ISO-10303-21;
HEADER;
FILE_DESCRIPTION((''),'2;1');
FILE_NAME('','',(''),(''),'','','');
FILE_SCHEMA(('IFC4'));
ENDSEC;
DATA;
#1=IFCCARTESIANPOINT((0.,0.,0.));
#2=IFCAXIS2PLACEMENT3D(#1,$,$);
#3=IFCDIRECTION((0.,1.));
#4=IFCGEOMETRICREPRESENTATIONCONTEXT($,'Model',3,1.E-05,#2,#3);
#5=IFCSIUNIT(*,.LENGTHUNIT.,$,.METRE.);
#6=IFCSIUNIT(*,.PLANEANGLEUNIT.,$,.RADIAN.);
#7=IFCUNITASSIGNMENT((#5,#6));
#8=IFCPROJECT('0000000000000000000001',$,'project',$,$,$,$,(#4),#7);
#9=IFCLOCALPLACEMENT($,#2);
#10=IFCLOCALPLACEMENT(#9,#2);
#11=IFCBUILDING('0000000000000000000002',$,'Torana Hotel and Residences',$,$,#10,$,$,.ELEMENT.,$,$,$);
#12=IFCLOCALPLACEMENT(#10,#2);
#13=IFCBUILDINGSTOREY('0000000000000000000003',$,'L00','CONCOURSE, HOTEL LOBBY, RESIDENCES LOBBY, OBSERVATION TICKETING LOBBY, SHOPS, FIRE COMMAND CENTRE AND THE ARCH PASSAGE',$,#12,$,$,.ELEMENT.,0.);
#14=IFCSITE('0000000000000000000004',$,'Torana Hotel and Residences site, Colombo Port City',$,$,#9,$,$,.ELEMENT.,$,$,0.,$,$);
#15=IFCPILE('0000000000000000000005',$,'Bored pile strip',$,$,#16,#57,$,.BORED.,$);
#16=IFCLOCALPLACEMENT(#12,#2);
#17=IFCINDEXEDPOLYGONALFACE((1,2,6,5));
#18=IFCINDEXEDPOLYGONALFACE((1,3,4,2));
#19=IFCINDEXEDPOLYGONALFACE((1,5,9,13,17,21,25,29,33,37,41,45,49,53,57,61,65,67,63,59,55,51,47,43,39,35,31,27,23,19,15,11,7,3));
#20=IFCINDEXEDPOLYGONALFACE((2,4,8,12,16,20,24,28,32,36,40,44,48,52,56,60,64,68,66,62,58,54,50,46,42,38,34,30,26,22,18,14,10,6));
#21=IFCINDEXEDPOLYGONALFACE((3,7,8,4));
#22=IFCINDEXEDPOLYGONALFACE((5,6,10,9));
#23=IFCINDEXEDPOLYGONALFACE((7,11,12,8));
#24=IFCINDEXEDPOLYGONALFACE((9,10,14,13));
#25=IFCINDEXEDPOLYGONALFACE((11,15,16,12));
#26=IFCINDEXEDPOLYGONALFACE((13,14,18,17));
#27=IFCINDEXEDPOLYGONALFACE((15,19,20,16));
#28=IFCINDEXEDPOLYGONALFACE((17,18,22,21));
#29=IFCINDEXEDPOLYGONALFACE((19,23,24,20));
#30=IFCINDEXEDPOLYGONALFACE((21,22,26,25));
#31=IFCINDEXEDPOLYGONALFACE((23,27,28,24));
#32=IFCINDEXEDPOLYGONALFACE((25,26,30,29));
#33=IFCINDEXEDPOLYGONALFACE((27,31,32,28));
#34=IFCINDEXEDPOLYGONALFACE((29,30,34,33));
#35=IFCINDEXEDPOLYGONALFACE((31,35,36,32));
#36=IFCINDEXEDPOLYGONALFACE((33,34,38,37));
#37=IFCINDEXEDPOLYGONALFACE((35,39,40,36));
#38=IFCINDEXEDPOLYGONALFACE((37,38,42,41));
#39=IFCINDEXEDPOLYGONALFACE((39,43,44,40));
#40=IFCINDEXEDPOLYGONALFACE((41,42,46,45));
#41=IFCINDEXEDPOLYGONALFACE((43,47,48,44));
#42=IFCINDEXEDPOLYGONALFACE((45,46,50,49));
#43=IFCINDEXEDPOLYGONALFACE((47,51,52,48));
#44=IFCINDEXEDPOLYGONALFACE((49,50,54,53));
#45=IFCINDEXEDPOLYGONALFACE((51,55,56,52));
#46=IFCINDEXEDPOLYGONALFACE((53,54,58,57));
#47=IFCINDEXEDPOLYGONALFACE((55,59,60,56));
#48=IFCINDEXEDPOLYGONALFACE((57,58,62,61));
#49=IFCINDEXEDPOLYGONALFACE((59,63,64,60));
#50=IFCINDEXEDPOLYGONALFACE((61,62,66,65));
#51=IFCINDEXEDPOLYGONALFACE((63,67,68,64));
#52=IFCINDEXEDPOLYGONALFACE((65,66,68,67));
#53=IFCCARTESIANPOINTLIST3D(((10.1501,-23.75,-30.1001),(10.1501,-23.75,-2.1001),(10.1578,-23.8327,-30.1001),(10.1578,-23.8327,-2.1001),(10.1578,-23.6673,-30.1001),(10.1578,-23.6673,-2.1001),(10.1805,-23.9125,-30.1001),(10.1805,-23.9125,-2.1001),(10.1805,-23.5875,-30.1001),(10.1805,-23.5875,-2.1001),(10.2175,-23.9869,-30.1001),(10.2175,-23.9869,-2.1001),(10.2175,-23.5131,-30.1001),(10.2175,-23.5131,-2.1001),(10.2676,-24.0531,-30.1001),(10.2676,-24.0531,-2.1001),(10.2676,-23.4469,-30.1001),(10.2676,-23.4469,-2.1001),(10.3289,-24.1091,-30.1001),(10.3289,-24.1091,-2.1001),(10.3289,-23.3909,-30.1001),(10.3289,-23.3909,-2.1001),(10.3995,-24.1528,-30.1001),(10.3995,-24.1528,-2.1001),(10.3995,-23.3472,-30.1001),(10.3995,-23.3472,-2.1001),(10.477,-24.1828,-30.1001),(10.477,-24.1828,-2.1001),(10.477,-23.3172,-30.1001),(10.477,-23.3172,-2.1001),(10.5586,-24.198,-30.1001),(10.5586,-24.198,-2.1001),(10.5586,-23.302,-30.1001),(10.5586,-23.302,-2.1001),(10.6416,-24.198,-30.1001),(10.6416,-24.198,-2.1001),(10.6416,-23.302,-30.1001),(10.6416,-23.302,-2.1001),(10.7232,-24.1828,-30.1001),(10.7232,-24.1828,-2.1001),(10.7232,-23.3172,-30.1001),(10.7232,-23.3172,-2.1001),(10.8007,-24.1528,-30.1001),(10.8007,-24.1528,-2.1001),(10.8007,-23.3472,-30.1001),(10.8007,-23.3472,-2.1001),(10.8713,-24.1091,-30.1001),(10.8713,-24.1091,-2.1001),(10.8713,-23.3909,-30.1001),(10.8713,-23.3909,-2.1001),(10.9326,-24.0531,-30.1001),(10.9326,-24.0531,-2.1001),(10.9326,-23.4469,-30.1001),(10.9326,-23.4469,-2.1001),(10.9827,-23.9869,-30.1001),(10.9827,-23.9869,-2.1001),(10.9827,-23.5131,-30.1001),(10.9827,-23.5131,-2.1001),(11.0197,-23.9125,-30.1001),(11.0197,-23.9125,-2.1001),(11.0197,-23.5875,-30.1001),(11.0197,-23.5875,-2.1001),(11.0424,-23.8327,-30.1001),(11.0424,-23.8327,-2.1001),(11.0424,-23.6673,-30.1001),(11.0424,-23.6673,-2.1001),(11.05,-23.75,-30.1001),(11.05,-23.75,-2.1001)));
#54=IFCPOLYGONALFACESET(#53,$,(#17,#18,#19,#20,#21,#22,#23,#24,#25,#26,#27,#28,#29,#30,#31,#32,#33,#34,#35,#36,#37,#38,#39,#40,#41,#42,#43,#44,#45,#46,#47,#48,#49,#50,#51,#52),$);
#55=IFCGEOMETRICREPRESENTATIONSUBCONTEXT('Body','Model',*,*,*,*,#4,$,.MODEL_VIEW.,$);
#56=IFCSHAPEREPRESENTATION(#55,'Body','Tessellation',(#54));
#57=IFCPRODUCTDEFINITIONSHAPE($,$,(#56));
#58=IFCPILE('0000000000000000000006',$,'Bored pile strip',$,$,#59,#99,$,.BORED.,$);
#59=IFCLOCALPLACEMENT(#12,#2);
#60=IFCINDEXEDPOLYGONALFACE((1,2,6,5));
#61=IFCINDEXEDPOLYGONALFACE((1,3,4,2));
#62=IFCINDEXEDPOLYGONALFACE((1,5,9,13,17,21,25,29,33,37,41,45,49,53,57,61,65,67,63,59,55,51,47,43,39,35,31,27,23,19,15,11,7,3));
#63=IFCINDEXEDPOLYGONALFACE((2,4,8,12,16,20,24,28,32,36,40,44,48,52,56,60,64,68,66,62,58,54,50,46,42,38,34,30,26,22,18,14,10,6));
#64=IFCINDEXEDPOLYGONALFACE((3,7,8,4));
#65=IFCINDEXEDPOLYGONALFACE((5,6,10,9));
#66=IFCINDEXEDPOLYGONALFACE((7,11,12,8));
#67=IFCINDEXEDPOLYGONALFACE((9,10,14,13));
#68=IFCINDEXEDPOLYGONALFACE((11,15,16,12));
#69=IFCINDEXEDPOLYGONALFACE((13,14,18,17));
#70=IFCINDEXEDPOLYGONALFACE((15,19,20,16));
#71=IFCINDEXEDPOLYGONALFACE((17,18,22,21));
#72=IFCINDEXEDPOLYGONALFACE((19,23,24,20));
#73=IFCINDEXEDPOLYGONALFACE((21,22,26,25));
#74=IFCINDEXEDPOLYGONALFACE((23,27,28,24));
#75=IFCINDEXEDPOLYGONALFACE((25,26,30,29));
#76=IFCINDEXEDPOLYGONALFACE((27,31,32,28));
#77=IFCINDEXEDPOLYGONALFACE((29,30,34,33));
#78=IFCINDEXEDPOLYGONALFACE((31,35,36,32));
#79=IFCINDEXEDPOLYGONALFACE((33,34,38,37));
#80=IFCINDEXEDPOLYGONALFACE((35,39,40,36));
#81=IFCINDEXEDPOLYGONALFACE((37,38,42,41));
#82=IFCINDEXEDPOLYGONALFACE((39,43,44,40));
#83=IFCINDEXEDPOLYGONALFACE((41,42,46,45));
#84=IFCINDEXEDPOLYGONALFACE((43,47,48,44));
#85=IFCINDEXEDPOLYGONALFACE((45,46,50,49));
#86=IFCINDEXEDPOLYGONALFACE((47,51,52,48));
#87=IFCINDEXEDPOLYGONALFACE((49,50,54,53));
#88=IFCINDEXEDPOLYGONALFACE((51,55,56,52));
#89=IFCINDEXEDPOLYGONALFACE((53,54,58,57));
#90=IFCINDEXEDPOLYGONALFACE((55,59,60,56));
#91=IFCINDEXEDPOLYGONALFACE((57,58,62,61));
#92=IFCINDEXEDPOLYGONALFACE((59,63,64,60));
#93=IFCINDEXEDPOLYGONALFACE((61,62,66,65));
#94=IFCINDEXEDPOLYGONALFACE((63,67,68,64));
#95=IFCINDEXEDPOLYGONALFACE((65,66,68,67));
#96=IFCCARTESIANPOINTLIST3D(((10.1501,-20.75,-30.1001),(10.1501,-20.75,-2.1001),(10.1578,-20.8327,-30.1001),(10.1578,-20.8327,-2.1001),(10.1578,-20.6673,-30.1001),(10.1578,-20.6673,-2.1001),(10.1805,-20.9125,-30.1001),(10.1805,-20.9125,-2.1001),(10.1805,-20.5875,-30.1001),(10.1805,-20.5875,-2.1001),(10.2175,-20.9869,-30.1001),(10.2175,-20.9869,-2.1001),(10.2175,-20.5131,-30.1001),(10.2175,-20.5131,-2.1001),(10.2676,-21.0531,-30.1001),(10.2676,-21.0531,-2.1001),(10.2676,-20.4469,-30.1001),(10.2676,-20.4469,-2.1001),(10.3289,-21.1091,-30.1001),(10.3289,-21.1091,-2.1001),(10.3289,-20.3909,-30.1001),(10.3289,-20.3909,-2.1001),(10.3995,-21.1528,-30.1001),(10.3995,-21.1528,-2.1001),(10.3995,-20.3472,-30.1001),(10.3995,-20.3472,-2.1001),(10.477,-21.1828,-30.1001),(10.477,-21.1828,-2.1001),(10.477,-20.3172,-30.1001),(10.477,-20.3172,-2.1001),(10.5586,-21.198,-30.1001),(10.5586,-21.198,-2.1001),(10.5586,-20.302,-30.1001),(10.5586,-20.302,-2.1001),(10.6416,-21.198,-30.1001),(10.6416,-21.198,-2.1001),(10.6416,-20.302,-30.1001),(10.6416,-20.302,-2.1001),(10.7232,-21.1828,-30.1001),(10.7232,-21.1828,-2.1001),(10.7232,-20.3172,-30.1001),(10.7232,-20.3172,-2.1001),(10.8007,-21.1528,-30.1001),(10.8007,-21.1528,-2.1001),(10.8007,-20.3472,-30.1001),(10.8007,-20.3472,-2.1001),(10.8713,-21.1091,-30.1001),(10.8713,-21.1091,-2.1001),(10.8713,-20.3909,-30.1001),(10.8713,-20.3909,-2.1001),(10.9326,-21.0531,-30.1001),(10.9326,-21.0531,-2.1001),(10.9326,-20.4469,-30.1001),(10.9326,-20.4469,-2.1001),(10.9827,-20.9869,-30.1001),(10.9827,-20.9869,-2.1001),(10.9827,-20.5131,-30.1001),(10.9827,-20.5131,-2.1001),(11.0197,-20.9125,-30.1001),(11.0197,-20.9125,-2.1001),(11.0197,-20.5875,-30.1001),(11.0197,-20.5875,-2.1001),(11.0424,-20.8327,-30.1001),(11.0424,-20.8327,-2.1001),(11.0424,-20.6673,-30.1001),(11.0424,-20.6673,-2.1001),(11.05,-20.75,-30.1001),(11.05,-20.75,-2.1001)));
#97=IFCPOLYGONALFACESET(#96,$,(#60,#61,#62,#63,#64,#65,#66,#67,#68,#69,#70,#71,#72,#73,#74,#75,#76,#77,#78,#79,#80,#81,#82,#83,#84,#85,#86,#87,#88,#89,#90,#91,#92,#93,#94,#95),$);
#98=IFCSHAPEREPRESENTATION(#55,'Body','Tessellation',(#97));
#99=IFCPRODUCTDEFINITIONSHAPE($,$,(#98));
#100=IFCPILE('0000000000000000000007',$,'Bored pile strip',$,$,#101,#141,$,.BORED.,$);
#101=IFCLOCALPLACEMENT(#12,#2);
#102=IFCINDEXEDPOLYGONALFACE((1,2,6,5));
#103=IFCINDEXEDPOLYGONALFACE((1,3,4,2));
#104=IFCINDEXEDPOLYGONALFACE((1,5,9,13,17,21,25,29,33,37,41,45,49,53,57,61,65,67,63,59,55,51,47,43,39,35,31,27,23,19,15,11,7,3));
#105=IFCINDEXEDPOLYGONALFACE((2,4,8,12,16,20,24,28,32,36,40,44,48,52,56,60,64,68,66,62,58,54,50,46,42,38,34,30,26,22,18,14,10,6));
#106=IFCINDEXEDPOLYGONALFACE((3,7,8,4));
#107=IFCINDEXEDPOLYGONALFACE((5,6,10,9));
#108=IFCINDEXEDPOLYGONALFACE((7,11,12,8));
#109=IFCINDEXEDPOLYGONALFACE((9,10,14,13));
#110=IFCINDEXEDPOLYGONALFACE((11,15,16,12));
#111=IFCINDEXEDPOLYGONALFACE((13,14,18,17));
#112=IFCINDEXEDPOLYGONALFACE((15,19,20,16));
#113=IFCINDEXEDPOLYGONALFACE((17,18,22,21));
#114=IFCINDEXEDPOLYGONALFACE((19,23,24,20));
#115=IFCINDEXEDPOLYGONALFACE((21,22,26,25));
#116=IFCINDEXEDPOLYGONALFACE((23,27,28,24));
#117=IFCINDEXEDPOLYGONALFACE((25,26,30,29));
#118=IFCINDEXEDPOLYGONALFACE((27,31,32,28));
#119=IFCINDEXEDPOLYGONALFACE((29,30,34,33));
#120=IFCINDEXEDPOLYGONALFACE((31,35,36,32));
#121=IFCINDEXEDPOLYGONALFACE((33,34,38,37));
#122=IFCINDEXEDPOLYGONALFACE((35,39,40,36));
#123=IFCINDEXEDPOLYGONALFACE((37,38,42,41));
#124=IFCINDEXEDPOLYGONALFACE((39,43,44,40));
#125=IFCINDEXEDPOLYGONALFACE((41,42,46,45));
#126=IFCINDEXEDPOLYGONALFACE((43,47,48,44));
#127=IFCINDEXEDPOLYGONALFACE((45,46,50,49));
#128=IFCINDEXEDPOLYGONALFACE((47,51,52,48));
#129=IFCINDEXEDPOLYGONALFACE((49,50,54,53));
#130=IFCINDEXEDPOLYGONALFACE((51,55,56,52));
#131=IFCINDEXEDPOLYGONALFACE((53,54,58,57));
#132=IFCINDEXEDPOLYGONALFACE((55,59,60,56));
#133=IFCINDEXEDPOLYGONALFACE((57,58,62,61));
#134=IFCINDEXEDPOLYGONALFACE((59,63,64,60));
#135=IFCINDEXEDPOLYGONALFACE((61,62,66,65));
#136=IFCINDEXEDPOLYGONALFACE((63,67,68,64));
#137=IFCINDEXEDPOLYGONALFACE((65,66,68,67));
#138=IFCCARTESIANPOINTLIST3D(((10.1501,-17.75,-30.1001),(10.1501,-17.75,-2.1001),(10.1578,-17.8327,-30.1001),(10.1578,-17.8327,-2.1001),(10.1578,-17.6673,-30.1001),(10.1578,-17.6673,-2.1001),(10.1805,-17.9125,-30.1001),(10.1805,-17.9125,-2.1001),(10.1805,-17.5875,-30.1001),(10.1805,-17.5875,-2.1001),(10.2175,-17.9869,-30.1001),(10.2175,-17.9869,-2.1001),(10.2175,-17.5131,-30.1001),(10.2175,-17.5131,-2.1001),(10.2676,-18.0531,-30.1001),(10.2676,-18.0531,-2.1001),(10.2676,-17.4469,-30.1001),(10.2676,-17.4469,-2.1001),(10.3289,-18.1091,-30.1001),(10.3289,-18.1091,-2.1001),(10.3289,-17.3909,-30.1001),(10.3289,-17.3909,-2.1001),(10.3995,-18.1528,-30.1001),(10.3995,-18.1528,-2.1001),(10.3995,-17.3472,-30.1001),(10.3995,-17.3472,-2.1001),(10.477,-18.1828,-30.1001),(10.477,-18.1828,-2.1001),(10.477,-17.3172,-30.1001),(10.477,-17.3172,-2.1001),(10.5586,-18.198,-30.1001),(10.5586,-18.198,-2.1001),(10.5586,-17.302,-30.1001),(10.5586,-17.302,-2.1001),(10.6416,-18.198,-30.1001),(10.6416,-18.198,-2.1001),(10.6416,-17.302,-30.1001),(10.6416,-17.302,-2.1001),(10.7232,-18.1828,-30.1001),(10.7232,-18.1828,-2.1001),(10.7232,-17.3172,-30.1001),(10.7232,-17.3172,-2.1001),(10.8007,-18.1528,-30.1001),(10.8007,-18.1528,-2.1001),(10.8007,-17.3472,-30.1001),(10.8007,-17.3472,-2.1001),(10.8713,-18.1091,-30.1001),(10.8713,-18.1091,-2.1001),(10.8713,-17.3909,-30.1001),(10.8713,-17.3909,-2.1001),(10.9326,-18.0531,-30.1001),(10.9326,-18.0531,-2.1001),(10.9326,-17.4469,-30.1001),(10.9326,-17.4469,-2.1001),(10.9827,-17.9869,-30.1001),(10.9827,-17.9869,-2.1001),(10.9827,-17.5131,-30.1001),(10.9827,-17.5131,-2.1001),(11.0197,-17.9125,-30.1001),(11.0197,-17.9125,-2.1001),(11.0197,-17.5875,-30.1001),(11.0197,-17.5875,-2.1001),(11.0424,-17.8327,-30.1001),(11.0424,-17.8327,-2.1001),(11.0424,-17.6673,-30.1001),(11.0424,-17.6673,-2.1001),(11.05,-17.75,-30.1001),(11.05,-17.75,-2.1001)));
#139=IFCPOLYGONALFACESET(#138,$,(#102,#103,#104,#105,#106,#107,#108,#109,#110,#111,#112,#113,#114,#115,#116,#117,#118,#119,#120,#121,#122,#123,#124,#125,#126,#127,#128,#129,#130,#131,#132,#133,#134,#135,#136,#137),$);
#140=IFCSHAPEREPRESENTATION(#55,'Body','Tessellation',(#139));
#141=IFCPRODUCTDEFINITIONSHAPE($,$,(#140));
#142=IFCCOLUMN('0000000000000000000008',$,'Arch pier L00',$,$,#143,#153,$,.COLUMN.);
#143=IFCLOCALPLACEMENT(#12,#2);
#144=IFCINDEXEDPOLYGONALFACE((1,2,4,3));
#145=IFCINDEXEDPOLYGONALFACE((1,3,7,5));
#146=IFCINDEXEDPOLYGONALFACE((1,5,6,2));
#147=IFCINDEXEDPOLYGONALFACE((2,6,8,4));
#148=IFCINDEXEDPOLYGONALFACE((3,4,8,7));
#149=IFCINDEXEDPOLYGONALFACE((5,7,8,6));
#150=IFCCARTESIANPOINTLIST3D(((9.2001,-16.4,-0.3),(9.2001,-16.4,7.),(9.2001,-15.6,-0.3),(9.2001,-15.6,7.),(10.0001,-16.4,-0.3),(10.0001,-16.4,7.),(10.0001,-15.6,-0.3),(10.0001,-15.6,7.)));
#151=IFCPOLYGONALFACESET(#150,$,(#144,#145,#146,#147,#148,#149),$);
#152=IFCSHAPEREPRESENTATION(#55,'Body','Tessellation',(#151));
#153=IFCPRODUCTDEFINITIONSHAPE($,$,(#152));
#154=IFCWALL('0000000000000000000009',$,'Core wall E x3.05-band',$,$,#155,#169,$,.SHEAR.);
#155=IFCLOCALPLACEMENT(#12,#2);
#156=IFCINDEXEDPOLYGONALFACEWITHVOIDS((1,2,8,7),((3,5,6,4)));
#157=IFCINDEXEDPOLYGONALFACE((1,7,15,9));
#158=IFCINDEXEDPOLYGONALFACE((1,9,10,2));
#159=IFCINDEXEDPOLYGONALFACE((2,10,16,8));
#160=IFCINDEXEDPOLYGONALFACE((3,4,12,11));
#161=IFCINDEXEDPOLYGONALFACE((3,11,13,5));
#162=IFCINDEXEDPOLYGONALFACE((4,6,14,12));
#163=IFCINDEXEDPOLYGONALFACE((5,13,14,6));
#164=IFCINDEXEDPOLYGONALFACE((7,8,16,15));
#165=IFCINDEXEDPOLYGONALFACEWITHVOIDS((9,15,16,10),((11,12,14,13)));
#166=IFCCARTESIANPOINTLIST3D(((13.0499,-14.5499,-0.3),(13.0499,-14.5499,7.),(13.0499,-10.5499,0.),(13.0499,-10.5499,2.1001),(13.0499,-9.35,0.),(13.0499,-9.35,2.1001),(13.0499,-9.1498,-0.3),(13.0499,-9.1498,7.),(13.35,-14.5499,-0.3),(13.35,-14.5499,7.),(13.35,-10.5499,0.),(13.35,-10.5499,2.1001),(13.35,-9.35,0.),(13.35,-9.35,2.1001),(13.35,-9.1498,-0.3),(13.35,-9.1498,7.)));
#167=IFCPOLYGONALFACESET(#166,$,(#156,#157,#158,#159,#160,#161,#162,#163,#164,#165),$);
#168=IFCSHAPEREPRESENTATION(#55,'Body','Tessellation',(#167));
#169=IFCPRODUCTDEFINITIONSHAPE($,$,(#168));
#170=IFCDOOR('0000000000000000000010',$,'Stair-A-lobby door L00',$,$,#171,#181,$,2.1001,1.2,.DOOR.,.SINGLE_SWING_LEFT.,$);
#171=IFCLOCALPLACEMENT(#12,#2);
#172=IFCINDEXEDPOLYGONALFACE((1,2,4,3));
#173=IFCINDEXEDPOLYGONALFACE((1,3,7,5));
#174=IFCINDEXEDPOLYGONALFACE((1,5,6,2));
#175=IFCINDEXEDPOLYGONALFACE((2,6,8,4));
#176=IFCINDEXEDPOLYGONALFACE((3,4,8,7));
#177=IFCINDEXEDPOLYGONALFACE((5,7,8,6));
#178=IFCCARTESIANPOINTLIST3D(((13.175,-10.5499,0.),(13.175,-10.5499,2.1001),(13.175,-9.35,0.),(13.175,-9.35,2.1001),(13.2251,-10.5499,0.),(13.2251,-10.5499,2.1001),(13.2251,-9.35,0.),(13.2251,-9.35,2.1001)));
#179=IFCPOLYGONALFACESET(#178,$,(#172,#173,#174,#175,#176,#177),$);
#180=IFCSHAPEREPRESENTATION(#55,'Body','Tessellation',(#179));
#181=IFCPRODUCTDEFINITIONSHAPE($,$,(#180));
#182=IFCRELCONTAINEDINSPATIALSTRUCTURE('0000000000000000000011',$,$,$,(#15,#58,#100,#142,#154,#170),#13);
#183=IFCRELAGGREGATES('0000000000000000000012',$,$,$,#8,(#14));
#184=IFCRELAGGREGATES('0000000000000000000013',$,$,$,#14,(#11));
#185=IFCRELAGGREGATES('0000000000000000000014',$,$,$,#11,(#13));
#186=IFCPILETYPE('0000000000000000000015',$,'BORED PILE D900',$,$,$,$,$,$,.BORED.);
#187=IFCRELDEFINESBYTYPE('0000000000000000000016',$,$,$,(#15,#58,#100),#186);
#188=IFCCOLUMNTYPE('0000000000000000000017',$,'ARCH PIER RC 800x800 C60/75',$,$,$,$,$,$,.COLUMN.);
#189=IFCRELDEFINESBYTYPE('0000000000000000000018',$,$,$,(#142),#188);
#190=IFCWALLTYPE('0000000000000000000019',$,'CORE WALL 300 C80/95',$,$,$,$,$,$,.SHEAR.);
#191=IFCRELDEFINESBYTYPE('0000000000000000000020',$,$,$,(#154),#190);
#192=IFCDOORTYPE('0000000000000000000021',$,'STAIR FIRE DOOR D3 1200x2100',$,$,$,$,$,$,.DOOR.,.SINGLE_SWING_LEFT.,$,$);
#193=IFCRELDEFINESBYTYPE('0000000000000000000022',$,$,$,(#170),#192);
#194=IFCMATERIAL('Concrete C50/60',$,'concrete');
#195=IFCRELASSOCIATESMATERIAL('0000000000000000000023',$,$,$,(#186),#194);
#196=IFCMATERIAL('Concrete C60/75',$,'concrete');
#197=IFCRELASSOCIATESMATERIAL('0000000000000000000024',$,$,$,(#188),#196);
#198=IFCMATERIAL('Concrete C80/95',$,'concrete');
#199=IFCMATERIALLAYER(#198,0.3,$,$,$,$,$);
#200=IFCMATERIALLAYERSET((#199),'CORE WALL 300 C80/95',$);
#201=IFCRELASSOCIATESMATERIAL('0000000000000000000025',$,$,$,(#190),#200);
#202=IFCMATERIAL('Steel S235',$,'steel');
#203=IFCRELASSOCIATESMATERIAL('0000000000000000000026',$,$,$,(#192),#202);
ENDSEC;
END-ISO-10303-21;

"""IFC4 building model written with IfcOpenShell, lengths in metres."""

from ifc_helpers import new_model, si_unit, direction, frame, frame_2d, origin, origin_2d, place, context, subcontext, project, spatial, rectangle, circle, extrude, material, layer, layer_set, material_profile, profile_set, type_object, element, fill, save


model = new_model("IFC4")

# Units and contexts
model_context = context("Model", 3, precision=1e-05, world=origin(), true_north=direction((0.0, 1.0)))
body_context = subcontext(model_context, "Body", "Model", "MODEL_VIEW")
ifc_project = project(units=[si_unit("LENGTHUNIT", "METRE"), si_unit("PLANEANGLEUNIT", "RADIAN")], contexts=[model_context])

# Site, building, storey
site_placement = place(None, origin())
site = spatial("IfcSite", under=ifc_project, at=site_placement, Name="Torana Hotel and Residences site, Colombo Port City", CompositionType="ELEMENT", RefElevation=0.0)
building_placement = place(site_placement, origin())
building = spatial("IfcBuilding", under=site, at=building_placement, Name="Torana Hotel and Residences", CompositionType="ELEMENT")
storey_placement = place(building_placement, origin())
storey = spatial("IfcBuildingStorey", under=building, at=storey_placement, Name="L00", Description="CONCOURSE, HOTEL LOBBY, RESIDENCES LOBBY, OBSERVATION TICKETING LOBBY, SHOPS, FIRE COMMAND CENTRE AND THE ARCH PASSAGE", CompositionType="ELEMENT", Elevation=0.0)

# Piles
ifc_material_1 = material(Name="Concrete C50/60", Category="concrete")
pile_type = type_object("IfcPileType", Name="BORED PILE D900", PredefinedType="BORED", material=ifc_material_1)
for number, where, z_axis, x_axis, name in (
    (1, (10.6001, -23.75, -2.1001), (0.0, 0.0, -1.0), (1.0, 0.0, 0.0), "Bored pile strip"),
    (2, (10.6001, -20.75, -2.1001), (0.0, 0.0, -1.0), (1.0, 0.0, 0.0), "Bored pile strip"),
    (3, (10.6001, -17.75, -2.1001), (0.0, 0.0, -1.0), (1.0, 0.0, 0.0), "Bored pile strip"),
):
    element("IfcPile", number, at=place(storey_placement, frame(where, z_axis=z_axis, x_axis=x_axis)), inside=storey, type_object=pile_type, Name=name, PredefinedType="BORED", context=body_context, shape_type="SweptSolid", body=[
        extrude(circle(Radius=0.45, at=origin_2d()), origin(), (0.0, 0.0, 1.0), 28.0),
    ])

# Column
ifc_material_2 = material(Name="Concrete C60/75", Category="concrete")
ifc_material_profile = material_profile(ifc_material_2, rectangle(XDim=0.8, YDim=0.8, at=origin_2d()), Name="RC 800x800")
ifc_profile_set = profile_set([ifc_material_profile], Name="Concrete C60/75")
column_type = type_object("IfcColumnType", Name="ARCH PIER RC 800x800 C60/75", PredefinedType="COLUMN", material=ifc_profile_set)
column_placement = place(storey_placement, frame((9.6001, -16.0, -0.3), z_axis=(0.0, 0.0, 1.0), x_axis=(1.0, 0.0, 0.0)))
element("IfcColumn", 4, at=column_placement, inside=storey, type_object=column_type, Name="Arch pier L00", PredefinedType="COLUMN", context=body_context, shape_type="SweptSolid", body=[
    extrude(rectangle(XDim=0.8, YDim=0.8, at=origin_2d()), origin(), (0.0, 0.0, 1.0), 7.3),
])

# Wall, opening, door
ifc_material_3 = material(Name="Concrete C80/95", Category="concrete")
ifc_layer_1 = layer(ifc_material_3, 0.3)
ifc_layer_set_1 = layer_set([ifc_layer_1], Name="CORE WALL 300 C80/95")
wall_type_1 = type_object("IfcWallType", Name="CORE WALL 300 C80/95", PredefinedType="SHEAR", material=ifc_layer_set_1)
wall_1_placement = place(storey_placement, frame((13.2, -14.55, -0.3), z_axis=(0.0, 0.0, 1.0), x_axis=(0.0, 1.0, 0.0)))
wall_1 = element("IfcWall", 5, at=wall_1_placement, inside=storey, type_object=wall_type_1, Name="Core wall E x3.05-band", PredefinedType="SHEAR", context=body_context, shape_type="SweptSolid", body=[
    extrude(rectangle(XDim=5.4001, YDim=0.3, at=frame_2d((2.7002, 0.0))), origin(), (0.0, 0.0, 1.0), 7.3),
])
opening_1_placement = place(wall_1_placement, frame((4.0, 0.0, 0.3)))
opening_1 = element("IfcOpeningElement", 6, at=opening_1_placement, cuts=wall_1, PredefinedType="OPENING", context=body_context, shape_type="SweptSolid", body=[
    extrude(rectangle(XDim=1.2, YDim=2.1001, at=frame_2d((0.6001, 1.05))), frame((0.0, 0.1599, 0.0), z_axis=(0.0, -1.0, 0.0), x_axis=(1.0, 0.0, 0.0)), (0.0, 0.0, 1.0), 0.3201),
])
ifc_material_4 = material(Name="Steel S235", Category="steel")
door_type_1 = type_object("IfcDoorType", Name="STAIR FIRE DOOR D3 1200x2100", OperationType="SINGLE_SWING_LEFT", PredefinedType="DOOR", material=ifc_material_4)
door_1_placement = place(opening_1_placement, origin())
door_1 = element("IfcDoor", 7, at=door_1_placement, inside=storey, type_object=door_type_1, Name="Stair-A-lobby door L00", OperationType="SINGLE_SWING_LEFT", OverallHeight=2.1001, OverallWidth=1.2, PredefinedType="DOOR", context=body_context, shape_type="SweptSolid", body=[
    extrude(rectangle(XDim=1.2, YDim=2.1001, at=frame_2d((0.6001, 1.05))), frame((0.0, 0.0249, 0.0), z_axis=(0.0, -1.0, 0.0), x_axis=(1.0, 0.0, 0.0)), (0.0, 0.0, 1.0), 0.05),
])
fill(opening_1, door_1)

save(model, "model.ifc")
